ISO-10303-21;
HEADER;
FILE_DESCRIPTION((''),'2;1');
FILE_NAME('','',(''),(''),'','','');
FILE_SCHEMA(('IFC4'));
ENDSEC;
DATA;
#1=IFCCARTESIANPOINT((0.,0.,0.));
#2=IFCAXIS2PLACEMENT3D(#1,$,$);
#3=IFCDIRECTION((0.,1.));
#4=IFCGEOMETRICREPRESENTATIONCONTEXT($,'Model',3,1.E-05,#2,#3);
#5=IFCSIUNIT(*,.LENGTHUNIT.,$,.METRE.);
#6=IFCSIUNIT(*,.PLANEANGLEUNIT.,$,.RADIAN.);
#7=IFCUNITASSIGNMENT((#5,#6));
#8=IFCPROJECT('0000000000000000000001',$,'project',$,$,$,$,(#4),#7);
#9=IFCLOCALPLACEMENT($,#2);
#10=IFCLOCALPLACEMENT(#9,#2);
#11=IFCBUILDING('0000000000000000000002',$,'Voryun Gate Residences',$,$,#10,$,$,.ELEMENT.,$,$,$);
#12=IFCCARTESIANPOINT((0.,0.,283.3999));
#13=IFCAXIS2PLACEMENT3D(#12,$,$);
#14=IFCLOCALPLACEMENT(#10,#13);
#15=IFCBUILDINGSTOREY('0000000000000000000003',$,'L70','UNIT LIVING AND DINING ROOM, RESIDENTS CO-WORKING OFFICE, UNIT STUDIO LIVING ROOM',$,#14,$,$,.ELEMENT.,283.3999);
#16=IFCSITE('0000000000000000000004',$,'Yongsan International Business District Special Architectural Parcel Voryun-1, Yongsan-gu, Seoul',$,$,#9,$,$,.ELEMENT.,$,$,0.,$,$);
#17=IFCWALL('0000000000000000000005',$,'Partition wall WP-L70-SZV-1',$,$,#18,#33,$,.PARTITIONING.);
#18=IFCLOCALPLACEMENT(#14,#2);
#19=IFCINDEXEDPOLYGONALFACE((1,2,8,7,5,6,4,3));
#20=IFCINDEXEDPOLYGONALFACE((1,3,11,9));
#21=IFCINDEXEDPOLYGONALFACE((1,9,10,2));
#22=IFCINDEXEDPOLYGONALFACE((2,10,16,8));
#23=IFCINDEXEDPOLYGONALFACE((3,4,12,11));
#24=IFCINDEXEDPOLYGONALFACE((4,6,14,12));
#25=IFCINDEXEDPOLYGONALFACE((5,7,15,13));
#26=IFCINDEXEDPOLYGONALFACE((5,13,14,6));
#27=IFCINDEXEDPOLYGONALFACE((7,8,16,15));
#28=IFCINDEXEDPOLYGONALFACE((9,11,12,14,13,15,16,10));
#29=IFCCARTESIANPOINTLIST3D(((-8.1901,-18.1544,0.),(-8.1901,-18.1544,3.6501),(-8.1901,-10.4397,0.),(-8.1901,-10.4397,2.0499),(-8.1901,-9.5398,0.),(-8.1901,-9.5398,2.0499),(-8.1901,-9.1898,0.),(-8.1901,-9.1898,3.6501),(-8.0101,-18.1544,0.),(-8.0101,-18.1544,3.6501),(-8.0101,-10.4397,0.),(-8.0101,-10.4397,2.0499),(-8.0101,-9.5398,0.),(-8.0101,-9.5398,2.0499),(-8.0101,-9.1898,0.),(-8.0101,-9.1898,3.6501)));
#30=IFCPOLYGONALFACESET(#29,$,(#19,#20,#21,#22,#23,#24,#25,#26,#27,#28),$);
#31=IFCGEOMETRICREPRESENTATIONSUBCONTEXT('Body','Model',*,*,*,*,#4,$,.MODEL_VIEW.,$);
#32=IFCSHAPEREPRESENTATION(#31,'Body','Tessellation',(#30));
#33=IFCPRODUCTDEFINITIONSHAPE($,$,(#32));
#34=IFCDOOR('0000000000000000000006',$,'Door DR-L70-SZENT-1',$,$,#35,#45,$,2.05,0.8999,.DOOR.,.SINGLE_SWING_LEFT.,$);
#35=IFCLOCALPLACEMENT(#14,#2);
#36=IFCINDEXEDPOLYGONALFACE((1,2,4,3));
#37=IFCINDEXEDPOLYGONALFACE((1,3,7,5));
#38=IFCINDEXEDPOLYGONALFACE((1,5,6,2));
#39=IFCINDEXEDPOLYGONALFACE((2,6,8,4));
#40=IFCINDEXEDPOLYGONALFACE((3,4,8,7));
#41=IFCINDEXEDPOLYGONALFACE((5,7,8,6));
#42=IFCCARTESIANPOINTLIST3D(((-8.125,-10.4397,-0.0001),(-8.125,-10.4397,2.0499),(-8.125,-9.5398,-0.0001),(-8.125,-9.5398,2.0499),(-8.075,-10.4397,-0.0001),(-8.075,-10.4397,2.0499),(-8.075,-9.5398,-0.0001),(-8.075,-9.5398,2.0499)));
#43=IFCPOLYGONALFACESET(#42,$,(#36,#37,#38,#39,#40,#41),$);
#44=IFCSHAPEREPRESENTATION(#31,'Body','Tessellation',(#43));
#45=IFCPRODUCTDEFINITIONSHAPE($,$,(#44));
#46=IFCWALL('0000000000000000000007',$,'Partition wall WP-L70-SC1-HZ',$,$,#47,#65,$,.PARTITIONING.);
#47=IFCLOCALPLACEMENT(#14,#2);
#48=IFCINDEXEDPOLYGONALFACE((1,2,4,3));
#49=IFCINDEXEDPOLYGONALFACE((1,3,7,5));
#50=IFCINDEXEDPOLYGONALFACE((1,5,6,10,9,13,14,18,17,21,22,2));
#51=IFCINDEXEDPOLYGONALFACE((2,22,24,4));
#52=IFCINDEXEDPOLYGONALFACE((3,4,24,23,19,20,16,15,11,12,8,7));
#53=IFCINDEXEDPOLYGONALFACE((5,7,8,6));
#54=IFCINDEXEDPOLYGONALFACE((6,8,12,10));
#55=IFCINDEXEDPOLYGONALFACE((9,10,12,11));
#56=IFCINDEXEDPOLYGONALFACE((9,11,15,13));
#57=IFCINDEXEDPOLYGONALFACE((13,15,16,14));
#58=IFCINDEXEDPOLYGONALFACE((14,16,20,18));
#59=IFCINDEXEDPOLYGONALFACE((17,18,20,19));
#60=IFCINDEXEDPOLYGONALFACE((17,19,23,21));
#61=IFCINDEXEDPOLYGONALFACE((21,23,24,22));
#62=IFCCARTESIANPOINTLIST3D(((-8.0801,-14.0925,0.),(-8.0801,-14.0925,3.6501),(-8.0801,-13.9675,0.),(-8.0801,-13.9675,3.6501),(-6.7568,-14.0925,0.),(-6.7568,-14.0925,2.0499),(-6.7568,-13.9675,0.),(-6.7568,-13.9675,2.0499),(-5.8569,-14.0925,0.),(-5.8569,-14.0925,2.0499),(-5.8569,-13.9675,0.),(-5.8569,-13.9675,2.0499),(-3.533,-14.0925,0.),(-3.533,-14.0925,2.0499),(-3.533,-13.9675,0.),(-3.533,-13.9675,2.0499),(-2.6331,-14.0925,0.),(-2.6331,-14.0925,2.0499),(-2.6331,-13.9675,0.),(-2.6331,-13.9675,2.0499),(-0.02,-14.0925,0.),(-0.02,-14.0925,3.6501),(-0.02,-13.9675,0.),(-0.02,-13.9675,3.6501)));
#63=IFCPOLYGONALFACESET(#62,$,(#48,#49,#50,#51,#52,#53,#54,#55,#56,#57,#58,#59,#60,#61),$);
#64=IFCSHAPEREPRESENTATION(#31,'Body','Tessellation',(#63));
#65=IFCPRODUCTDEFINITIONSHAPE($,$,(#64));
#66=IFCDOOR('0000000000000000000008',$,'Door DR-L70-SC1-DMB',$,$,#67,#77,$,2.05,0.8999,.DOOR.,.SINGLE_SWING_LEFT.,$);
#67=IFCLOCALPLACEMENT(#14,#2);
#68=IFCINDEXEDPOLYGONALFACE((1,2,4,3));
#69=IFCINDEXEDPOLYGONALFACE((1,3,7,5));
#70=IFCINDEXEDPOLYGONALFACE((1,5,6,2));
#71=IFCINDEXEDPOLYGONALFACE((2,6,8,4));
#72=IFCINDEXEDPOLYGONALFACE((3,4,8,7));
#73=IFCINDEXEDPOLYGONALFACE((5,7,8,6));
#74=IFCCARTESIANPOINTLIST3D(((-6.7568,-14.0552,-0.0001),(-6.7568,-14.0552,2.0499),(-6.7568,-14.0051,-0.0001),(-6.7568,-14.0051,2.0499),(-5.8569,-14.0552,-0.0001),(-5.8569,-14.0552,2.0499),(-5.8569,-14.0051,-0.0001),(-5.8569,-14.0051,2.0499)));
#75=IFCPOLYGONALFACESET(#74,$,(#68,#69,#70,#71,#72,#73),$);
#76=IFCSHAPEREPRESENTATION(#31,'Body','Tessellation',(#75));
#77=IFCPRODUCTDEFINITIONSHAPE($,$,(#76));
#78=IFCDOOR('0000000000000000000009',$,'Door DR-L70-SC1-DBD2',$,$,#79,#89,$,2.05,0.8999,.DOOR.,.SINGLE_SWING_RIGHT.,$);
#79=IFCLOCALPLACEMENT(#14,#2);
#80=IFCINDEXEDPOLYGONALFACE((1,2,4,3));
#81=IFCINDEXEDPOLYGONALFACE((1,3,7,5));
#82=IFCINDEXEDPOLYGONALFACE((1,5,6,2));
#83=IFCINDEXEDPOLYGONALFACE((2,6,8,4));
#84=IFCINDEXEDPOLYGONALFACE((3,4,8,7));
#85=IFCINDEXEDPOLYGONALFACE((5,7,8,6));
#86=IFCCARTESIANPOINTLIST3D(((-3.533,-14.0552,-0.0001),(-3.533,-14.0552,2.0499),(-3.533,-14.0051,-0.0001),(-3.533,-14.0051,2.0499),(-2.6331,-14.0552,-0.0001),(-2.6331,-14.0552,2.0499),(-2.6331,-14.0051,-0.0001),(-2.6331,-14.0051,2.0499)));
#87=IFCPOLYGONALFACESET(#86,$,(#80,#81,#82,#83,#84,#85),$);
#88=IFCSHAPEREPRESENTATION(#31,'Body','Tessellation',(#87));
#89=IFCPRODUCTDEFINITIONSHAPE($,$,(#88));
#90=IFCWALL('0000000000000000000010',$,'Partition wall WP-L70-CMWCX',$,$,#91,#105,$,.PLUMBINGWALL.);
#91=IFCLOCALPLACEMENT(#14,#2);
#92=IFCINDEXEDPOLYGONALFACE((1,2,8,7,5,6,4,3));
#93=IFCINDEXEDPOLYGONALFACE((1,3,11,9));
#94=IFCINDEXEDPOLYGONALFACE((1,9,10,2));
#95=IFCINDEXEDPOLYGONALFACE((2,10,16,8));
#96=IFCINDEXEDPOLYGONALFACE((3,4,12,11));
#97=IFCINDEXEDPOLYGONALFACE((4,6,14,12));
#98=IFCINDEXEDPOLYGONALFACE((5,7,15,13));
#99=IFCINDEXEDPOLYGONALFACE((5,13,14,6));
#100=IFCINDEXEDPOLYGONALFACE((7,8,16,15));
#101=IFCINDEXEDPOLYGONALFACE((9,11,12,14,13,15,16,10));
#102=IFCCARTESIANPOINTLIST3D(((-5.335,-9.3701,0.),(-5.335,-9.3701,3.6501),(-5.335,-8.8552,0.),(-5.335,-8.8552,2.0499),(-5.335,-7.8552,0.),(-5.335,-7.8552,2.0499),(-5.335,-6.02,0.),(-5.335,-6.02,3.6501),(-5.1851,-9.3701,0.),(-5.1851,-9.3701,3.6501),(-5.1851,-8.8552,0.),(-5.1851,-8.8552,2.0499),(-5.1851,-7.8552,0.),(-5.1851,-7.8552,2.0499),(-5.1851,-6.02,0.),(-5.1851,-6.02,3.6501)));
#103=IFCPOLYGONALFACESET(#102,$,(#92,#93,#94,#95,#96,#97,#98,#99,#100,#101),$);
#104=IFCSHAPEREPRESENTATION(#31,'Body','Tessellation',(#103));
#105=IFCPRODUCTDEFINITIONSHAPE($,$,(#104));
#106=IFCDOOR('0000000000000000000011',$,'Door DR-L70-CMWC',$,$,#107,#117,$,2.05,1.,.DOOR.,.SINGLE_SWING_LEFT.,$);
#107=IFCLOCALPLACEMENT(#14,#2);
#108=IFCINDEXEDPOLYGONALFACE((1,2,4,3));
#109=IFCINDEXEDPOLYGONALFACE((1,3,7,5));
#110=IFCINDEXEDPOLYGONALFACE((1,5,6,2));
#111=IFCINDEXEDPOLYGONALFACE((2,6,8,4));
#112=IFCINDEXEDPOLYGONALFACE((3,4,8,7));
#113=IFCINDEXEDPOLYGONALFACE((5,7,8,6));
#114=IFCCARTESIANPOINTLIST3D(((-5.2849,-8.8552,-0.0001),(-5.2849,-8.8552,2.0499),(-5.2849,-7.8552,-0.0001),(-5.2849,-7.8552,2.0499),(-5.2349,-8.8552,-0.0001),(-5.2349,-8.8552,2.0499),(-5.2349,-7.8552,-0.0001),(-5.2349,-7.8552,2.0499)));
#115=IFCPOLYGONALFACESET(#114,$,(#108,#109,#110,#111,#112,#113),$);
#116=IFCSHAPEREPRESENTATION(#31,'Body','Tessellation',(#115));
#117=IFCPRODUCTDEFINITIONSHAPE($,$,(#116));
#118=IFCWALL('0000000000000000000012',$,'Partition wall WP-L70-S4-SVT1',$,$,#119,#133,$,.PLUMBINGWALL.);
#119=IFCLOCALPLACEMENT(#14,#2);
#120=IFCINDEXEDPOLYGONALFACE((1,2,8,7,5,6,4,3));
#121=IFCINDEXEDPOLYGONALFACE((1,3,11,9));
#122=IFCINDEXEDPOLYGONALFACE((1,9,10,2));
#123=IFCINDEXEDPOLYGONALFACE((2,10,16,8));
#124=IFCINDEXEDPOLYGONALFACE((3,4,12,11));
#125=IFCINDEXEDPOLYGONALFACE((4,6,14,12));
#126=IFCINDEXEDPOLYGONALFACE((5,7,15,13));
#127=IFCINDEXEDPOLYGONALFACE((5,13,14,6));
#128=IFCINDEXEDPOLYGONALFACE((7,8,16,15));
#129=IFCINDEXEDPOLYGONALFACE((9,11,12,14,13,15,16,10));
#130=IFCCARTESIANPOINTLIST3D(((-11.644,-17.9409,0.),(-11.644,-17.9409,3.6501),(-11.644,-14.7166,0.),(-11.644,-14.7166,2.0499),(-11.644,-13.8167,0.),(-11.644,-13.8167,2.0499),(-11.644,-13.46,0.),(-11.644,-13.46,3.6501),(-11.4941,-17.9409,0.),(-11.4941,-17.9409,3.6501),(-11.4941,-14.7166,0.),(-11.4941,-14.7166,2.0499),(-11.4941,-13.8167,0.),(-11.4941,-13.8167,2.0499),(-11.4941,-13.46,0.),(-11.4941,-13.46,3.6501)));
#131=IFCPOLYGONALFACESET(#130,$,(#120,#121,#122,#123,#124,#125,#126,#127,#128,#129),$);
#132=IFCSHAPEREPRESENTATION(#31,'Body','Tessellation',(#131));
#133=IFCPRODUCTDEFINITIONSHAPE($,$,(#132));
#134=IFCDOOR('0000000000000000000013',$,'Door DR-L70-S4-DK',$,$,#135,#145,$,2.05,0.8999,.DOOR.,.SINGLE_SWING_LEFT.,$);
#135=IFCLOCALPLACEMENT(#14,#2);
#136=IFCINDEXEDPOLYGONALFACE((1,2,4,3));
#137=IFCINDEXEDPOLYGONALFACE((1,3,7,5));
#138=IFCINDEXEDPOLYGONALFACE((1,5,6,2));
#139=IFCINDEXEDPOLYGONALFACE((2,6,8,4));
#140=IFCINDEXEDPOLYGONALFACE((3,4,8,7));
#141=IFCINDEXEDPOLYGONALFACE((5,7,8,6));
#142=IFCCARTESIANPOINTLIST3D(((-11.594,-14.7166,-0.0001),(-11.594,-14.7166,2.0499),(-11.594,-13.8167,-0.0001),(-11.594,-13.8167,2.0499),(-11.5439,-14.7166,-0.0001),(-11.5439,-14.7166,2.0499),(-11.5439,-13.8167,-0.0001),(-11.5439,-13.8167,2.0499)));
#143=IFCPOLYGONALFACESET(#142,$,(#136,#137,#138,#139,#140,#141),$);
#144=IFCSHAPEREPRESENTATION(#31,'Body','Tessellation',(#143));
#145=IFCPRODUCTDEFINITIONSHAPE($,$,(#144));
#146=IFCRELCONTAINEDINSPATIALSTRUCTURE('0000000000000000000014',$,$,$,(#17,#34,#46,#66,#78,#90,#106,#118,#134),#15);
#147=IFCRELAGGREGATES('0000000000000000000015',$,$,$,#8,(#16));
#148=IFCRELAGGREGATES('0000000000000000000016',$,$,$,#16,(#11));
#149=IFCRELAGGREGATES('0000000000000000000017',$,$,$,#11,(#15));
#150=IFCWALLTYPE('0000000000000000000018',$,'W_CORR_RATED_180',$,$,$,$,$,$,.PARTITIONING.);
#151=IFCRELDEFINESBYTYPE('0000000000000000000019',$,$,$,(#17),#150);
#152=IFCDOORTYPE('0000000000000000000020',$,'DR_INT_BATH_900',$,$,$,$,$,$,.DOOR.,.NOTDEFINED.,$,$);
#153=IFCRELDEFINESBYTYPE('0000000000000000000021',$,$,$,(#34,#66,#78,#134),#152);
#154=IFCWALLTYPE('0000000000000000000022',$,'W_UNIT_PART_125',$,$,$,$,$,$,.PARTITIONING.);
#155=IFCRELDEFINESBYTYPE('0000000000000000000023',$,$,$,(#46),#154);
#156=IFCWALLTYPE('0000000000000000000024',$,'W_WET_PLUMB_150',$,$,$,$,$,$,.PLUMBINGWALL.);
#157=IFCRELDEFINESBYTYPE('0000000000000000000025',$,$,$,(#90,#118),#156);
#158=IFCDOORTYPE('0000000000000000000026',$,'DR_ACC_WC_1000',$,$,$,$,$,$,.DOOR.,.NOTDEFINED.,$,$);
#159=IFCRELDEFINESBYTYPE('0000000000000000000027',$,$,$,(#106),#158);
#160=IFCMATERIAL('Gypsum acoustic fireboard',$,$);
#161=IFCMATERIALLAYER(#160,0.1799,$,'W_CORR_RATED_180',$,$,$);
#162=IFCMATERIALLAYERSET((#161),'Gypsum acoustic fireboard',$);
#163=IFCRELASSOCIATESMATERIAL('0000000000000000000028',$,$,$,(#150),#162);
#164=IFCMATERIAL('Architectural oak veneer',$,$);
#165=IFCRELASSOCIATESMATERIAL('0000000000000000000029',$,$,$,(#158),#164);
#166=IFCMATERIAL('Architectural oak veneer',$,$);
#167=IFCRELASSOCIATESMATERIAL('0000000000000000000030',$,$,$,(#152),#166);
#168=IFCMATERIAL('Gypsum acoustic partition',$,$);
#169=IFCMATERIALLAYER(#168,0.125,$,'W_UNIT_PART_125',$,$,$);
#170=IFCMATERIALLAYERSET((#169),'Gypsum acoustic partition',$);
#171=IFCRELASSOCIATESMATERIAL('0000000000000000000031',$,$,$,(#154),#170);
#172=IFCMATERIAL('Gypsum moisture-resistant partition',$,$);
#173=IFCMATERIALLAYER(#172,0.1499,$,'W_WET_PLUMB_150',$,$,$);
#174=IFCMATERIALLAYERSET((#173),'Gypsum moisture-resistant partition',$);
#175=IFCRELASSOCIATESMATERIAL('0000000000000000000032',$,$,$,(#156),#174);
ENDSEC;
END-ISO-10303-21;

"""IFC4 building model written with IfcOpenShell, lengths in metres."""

from ifc_helpers import new_model, si_unit, direction, frame, frame_2d, origin, place, context, subcontext, project, spatial, rectangle, extrude, material, layer, layer_set, type_object, element, fill, save


model = new_model("IFC4")

# Units and contexts
model_context = context("Model", 3, precision=1e-05, world=origin(), true_north=direction((0.0, 1.0)))
body_context = subcontext(model_context, "Body", "Model", "MODEL_VIEW")
ifc_project = project(units=[si_unit("LENGTHUNIT", "METRE"), si_unit("PLANEANGLEUNIT", "RADIAN")], contexts=[model_context])

# Site, building, storey
site_placement = place(None, origin())
site = spatial("IfcSite", under=ifc_project, at=site_placement, Name="Yongsan International Business District Special Architectural Parcel Voryun-1, Yongsan-gu, Seoul", CompositionType="ELEMENT", RefElevation=0.0)
building_placement = place(site_placement, origin())
building = spatial("IfcBuilding", under=site, at=building_placement, Name="Voryun Gate Residences", CompositionType="ELEMENT")
storey_placement = place(building_placement, frame((0.0, 0.0, 283.3999)))
storey = spatial("IfcBuildingStorey", under=building, at=storey_placement, Name="L70", Description="UNIT LIVING AND DINING ROOM, RESIDENTS CO-WORKING OFFICE, UNIT STUDIO LIVING ROOM", CompositionType="ELEMENT", Elevation=283.3999)

# Shared definitions
ifc_material_1 = material(Name="Gypsum acoustic fireboard")
ifc_layer_1 = layer(ifc_material_1, 0.1799, Name="W_CORR_RATED_180")
ifc_layer_set_1 = layer_set([ifc_layer_1], Name="Gypsum acoustic fireboard")
wall_type_1 = type_object("IfcWallType", Name="W_CORR_RATED_180", PredefinedType="PARTITIONING", material=ifc_layer_set_1)

# Shared definitions
ifc_material_2 = material(Name="Architectural oak veneer")
door_type_1 = type_object("IfcDoorType", Name="DR_ACC_WC_1000", OperationType="NOTDEFINED", PredefinedType="DOOR", material=ifc_material_2)

# Wall, opening, door
wall_1_placement = place(storey_placement, frame((-8.1001, -18.1545, 0.0), z_axis=(0.0, 0.0, 1.0), x_axis=(0.0, 1.0, 0.0)))
wall_1 = element("IfcWall", 1, at=wall_1_placement, inside=storey, type_object=wall_type_1, Name="Partition wall WP-L70-SZV-1", PredefinedType="PARTITIONING", context=body_context, shape_type="SweptSolid", body=[
    extrude(rectangle(XDim=8.9646, YDim=0.1799, at=frame_2d((4.4824, 0.0))), origin(), (0.0, 0.0, 1.0), 3.6501),
])
opening_1_placement = place(wall_1_placement, frame((7.7148, 0.0, 0.0)))
opening_1 = element("IfcOpeningElement", 2, at=opening_1_placement, cuts=wall_1, PredefinedType="OPENING", context=body_context, shape_type="SweptSolid", body=[
    extrude(rectangle(XDim=0.8999, YDim=2.05, at=frame_2d((0.45, 1.0249))), frame((0.0, 0.0999, 0.0), z_axis=(0.0, -1.0, 0.0), x_axis=(1.0, 0.0, 0.0)), (0.0, 0.0, 1.0), 0.2),
])
ifc_material_3 = material(Name="Architectural oak veneer")
door_type_2 = type_object("IfcDoorType", Name="DR_INT_BATH_900", OperationType="NOTDEFINED", PredefinedType="DOOR", material=ifc_material_3)
door_1_placement = place(opening_1_placement, origin())
door_1 = element("IfcDoor", 3, at=door_1_placement, inside=storey, type_object=door_type_2, Name="Door DR-L70-SZENT-1", OperationType="SINGLE_SWING_LEFT", OverallHeight=2.05, OverallWidth=0.8999, PredefinedType="DOOR", context=body_context, shape_type="SweptSolid", body=[
    extrude(rectangle(XDim=0.8999, YDim=2.05, at=frame_2d((0.45, 1.0249))), frame((0.0, 0.0249, 0.0), z_axis=(0.0, -1.0, 0.0), x_axis=(1.0, 0.0, 0.0)), (0.0, 0.0, 1.0), 0.05),
])
fill(opening_1, door_1)

# Wall, openings, doors
ifc_material_4 = material(Name="Gypsum acoustic partition")
ifc_layer_2 = layer(ifc_material_4, 0.125, Name="W_UNIT_PART_125")
ifc_layer_set_2 = layer_set([ifc_layer_2], Name="Gypsum acoustic partition")
wall_type_2 = type_object("IfcWallType", Name="W_UNIT_PART_125", PredefinedType="PARTITIONING", material=ifc_layer_set_2)
wall_2_placement = place(storey_placement, frame((-8.0801, -14.03, 0.0), z_axis=(0.0, 0.0, 1.0), x_axis=(1.0, 0.0, 0.0)))
wall_2 = element("IfcWall", 4, at=wall_2_placement, inside=storey, type_object=wall_type_2, Name="Partition wall WP-L70-SC1-HZ", PredefinedType="PARTITIONING", context=body_context, shape_type="SweptSolid", body=[
    extrude(rectangle(XDim=8.0601, YDim=0.125, at=frame_2d((4.03, 0.0))), origin(), (0.0, 0.0, 1.0), 3.6501),
])
opening_2_placement = place(wall_2_placement, frame((1.3232, 0.0, 0.0)))
opening_2 = element("IfcOpeningElement", 5, at=opening_2_placement, cuts=wall_2, PredefinedType="OPENING", context=body_context, shape_type="SweptSolid", body=[
    extrude(rectangle(XDim=0.8999, YDim=2.05, at=frame_2d((0.45, 1.0249))), frame((0.0, 0.0725, 0.0), z_axis=(0.0, -1.0, 0.0), x_axis=(1.0, 0.0, 0.0)), (0.0, 0.0, 1.0), 0.145),
])
opening_3_placement = place(wall_2_placement, frame((4.5471, 0.0, 0.0)))
opening_3 = element("IfcOpeningElement", 6, at=opening_3_placement, cuts=wall_2, PredefinedType="OPENING", context=body_context, shape_type="SweptSolid", body=[
    extrude(rectangle(XDim=0.8999, YDim=2.05, at=frame_2d((0.45, 1.0249))), frame((0.0, 0.0725, 0.0), z_axis=(0.0, -1.0, 0.0), x_axis=(1.0, 0.0, 0.0)), (0.0, 0.0, 1.0), 0.145),
])
door_2_placement = place(opening_2_placement, origin())
door_2 = element("IfcDoor", 7, at=door_2_placement, inside=storey, type_object=door_type_2, Name="Door DR-L70-SC1-DMB", OperationType="SINGLE_SWING_LEFT", OverallHeight=2.05, OverallWidth=0.8999, PredefinedType="DOOR", context=body_context, shape_type="SweptSolid", body=[
    extrude(rectangle(XDim=0.8999, YDim=2.05, at=frame_2d((0.45, 1.0249))), frame((0.0, 0.0249, 0.0), z_axis=(0.0, -1.0, 0.0), x_axis=(1.0, 0.0, 0.0)), (0.0, 0.0, 1.0), 0.05),
])
fill(opening_2, door_2)
door_3_placement = place(opening_3_placement, origin())
door_3 = element("IfcDoor", 8, at=door_3_placement, inside=storey, type_object=door_type_2, Name="Door DR-L70-SC1-DBD2", OperationType="SINGLE_SWING_RIGHT", OverallHeight=2.05, OverallWidth=0.8999, PredefinedType="DOOR", context=body_context, shape_type="SweptSolid", body=[
    extrude(rectangle(XDim=0.8999, YDim=2.05, at=frame_2d((0.45, 1.0249))), frame((0.0, 0.0249, 0.0), z_axis=(0.0, -1.0, 0.0), x_axis=(1.0, 0.0, 0.0)), (0.0, 0.0, 1.0), 0.05),
])
fill(opening_3, door_3)

# Walls, openings, doors
ifc_material_5 = material(Name="Gypsum moisture-resistant partition")
ifc_layer_3 = layer(ifc_material_5, 0.1499, Name="W_WET_PLUMB_150")
ifc_layer_set_3 = layer_set([ifc_layer_3], Name="Gypsum moisture-resistant partition")
wall_type_3 = type_object("IfcWallType", Name="W_WET_PLUMB_150", PredefinedType="PLUMBINGWALL", material=ifc_layer_set_3)
wall_3_placement = place(storey_placement, frame((-5.26, -9.3701, 0.0), z_axis=(0.0, 0.0, 1.0), x_axis=(0.0, 1.0, 0.0)))
wall_3 = element("IfcWall", 9, at=wall_3_placement, inside=storey, type_object=wall_type_3, Name="Partition wall WP-L70-CMWCX", PredefinedType="PLUMBINGWALL", context=body_context, shape_type="SweptSolid", body=[
    extrude(rectangle(XDim=3.3501, YDim=0.1499, at=frame_2d((1.675, 0.0))), origin(), (0.0, 0.0, 1.0), 3.6501),
])
opening_4_placement = place(wall_3_placement, frame((0.5149, 0.0, 0.0)))
opening_4 = element("IfcOpeningElement", 10, at=opening_4_placement, cuts=wall_3, PredefinedType="OPENING", context=body_context, shape_type="SweptSolid", body=[
    extrude(rectangle(XDim=1.0, YDim=2.05, at=frame_2d((0.5, 1.0249))), frame((0.0, 0.085, 0.0), z_axis=(0.0, -1.0, 0.0), x_axis=(1.0, 0.0, 0.0)), (0.0, 0.0, 1.0), 0.1699),
])
door_4_placement = place(opening_4_placement, origin())
door_4 = element("IfcDoor", 11, at=door_4_placement, inside=storey, type_object=door_type_1, Name="Door DR-L70-CMWC", OperationType="SINGLE_SWING_LEFT", OverallHeight=2.05, OverallWidth=1.0, PredefinedType="DOOR", context=body_context, shape_type="SweptSolid", body=[
    extrude(rectangle(XDim=1.0, YDim=2.05, at=frame_2d((0.5, 1.0249))), frame((0.0, 0.0249, 0.0), z_axis=(0.0, -1.0, 0.0), x_axis=(1.0, 0.0, 0.0)), (0.0, 0.0, 1.0), 0.05),
])
fill(opening_4, door_4)
wall_4_placement = place(storey_placement, frame((-11.5691, -17.9409, 0.0), z_axis=(0.0, 0.0, 1.0), x_axis=(0.0, 1.0, 0.0)))
wall_4 = element("IfcWall", 12, at=wall_4_placement, inside=storey, type_object=wall_type_3, Name="Partition wall WP-L70-S4-SVT1", PredefinedType="PLUMBINGWALL", context=body_context, shape_type="SweptSolid", body=[
    extrude(rectangle(XDim=4.481, YDim=0.1499, at=frame_2d((2.2405, 0.0))), origin(), (0.0, 0.0, 1.0), 3.6501),
])
opening_5_placement = place(wall_4_placement, frame((3.2244, 0.0, 0.0)))
opening_5 = element("IfcOpeningElement", 13, at=opening_5_placement, cuts=wall_4, PredefinedType="OPENING", context=body_context, shape_type="SweptSolid", body=[
    extrude(rectangle(XDim=0.8999, YDim=2.05, at=frame_2d((0.45, 1.0249))), frame((0.0, 0.085, 0.0), z_axis=(0.0, -1.0, 0.0), x_axis=(1.0, 0.0, 0.0)), (0.0, 0.0, 1.0), 0.1699),
])
door_5_placement = place(opening_5_placement, origin())
door_5 = element("IfcDoor", 14, at=door_5_placement, inside=storey, type_object=door_type_2, Name="Door DR-L70-S4-DK", OperationType="SINGLE_SWING_LEFT", OverallHeight=2.05, OverallWidth=0.8999, PredefinedType="DOOR", context=body_context, shape_type="SweptSolid", body=[
    extrude(rectangle(XDim=0.8999, YDim=2.05, at=frame_2d((0.45, 1.0249))), frame((0.0, 0.0249, 0.0), z_axis=(0.0, -1.0, 0.0), x_axis=(1.0, 0.0, 0.0)), (0.0, 0.0, 1.0), 0.05),
])
fill(opening_5, door_5)

save(model, "model.ifc")
